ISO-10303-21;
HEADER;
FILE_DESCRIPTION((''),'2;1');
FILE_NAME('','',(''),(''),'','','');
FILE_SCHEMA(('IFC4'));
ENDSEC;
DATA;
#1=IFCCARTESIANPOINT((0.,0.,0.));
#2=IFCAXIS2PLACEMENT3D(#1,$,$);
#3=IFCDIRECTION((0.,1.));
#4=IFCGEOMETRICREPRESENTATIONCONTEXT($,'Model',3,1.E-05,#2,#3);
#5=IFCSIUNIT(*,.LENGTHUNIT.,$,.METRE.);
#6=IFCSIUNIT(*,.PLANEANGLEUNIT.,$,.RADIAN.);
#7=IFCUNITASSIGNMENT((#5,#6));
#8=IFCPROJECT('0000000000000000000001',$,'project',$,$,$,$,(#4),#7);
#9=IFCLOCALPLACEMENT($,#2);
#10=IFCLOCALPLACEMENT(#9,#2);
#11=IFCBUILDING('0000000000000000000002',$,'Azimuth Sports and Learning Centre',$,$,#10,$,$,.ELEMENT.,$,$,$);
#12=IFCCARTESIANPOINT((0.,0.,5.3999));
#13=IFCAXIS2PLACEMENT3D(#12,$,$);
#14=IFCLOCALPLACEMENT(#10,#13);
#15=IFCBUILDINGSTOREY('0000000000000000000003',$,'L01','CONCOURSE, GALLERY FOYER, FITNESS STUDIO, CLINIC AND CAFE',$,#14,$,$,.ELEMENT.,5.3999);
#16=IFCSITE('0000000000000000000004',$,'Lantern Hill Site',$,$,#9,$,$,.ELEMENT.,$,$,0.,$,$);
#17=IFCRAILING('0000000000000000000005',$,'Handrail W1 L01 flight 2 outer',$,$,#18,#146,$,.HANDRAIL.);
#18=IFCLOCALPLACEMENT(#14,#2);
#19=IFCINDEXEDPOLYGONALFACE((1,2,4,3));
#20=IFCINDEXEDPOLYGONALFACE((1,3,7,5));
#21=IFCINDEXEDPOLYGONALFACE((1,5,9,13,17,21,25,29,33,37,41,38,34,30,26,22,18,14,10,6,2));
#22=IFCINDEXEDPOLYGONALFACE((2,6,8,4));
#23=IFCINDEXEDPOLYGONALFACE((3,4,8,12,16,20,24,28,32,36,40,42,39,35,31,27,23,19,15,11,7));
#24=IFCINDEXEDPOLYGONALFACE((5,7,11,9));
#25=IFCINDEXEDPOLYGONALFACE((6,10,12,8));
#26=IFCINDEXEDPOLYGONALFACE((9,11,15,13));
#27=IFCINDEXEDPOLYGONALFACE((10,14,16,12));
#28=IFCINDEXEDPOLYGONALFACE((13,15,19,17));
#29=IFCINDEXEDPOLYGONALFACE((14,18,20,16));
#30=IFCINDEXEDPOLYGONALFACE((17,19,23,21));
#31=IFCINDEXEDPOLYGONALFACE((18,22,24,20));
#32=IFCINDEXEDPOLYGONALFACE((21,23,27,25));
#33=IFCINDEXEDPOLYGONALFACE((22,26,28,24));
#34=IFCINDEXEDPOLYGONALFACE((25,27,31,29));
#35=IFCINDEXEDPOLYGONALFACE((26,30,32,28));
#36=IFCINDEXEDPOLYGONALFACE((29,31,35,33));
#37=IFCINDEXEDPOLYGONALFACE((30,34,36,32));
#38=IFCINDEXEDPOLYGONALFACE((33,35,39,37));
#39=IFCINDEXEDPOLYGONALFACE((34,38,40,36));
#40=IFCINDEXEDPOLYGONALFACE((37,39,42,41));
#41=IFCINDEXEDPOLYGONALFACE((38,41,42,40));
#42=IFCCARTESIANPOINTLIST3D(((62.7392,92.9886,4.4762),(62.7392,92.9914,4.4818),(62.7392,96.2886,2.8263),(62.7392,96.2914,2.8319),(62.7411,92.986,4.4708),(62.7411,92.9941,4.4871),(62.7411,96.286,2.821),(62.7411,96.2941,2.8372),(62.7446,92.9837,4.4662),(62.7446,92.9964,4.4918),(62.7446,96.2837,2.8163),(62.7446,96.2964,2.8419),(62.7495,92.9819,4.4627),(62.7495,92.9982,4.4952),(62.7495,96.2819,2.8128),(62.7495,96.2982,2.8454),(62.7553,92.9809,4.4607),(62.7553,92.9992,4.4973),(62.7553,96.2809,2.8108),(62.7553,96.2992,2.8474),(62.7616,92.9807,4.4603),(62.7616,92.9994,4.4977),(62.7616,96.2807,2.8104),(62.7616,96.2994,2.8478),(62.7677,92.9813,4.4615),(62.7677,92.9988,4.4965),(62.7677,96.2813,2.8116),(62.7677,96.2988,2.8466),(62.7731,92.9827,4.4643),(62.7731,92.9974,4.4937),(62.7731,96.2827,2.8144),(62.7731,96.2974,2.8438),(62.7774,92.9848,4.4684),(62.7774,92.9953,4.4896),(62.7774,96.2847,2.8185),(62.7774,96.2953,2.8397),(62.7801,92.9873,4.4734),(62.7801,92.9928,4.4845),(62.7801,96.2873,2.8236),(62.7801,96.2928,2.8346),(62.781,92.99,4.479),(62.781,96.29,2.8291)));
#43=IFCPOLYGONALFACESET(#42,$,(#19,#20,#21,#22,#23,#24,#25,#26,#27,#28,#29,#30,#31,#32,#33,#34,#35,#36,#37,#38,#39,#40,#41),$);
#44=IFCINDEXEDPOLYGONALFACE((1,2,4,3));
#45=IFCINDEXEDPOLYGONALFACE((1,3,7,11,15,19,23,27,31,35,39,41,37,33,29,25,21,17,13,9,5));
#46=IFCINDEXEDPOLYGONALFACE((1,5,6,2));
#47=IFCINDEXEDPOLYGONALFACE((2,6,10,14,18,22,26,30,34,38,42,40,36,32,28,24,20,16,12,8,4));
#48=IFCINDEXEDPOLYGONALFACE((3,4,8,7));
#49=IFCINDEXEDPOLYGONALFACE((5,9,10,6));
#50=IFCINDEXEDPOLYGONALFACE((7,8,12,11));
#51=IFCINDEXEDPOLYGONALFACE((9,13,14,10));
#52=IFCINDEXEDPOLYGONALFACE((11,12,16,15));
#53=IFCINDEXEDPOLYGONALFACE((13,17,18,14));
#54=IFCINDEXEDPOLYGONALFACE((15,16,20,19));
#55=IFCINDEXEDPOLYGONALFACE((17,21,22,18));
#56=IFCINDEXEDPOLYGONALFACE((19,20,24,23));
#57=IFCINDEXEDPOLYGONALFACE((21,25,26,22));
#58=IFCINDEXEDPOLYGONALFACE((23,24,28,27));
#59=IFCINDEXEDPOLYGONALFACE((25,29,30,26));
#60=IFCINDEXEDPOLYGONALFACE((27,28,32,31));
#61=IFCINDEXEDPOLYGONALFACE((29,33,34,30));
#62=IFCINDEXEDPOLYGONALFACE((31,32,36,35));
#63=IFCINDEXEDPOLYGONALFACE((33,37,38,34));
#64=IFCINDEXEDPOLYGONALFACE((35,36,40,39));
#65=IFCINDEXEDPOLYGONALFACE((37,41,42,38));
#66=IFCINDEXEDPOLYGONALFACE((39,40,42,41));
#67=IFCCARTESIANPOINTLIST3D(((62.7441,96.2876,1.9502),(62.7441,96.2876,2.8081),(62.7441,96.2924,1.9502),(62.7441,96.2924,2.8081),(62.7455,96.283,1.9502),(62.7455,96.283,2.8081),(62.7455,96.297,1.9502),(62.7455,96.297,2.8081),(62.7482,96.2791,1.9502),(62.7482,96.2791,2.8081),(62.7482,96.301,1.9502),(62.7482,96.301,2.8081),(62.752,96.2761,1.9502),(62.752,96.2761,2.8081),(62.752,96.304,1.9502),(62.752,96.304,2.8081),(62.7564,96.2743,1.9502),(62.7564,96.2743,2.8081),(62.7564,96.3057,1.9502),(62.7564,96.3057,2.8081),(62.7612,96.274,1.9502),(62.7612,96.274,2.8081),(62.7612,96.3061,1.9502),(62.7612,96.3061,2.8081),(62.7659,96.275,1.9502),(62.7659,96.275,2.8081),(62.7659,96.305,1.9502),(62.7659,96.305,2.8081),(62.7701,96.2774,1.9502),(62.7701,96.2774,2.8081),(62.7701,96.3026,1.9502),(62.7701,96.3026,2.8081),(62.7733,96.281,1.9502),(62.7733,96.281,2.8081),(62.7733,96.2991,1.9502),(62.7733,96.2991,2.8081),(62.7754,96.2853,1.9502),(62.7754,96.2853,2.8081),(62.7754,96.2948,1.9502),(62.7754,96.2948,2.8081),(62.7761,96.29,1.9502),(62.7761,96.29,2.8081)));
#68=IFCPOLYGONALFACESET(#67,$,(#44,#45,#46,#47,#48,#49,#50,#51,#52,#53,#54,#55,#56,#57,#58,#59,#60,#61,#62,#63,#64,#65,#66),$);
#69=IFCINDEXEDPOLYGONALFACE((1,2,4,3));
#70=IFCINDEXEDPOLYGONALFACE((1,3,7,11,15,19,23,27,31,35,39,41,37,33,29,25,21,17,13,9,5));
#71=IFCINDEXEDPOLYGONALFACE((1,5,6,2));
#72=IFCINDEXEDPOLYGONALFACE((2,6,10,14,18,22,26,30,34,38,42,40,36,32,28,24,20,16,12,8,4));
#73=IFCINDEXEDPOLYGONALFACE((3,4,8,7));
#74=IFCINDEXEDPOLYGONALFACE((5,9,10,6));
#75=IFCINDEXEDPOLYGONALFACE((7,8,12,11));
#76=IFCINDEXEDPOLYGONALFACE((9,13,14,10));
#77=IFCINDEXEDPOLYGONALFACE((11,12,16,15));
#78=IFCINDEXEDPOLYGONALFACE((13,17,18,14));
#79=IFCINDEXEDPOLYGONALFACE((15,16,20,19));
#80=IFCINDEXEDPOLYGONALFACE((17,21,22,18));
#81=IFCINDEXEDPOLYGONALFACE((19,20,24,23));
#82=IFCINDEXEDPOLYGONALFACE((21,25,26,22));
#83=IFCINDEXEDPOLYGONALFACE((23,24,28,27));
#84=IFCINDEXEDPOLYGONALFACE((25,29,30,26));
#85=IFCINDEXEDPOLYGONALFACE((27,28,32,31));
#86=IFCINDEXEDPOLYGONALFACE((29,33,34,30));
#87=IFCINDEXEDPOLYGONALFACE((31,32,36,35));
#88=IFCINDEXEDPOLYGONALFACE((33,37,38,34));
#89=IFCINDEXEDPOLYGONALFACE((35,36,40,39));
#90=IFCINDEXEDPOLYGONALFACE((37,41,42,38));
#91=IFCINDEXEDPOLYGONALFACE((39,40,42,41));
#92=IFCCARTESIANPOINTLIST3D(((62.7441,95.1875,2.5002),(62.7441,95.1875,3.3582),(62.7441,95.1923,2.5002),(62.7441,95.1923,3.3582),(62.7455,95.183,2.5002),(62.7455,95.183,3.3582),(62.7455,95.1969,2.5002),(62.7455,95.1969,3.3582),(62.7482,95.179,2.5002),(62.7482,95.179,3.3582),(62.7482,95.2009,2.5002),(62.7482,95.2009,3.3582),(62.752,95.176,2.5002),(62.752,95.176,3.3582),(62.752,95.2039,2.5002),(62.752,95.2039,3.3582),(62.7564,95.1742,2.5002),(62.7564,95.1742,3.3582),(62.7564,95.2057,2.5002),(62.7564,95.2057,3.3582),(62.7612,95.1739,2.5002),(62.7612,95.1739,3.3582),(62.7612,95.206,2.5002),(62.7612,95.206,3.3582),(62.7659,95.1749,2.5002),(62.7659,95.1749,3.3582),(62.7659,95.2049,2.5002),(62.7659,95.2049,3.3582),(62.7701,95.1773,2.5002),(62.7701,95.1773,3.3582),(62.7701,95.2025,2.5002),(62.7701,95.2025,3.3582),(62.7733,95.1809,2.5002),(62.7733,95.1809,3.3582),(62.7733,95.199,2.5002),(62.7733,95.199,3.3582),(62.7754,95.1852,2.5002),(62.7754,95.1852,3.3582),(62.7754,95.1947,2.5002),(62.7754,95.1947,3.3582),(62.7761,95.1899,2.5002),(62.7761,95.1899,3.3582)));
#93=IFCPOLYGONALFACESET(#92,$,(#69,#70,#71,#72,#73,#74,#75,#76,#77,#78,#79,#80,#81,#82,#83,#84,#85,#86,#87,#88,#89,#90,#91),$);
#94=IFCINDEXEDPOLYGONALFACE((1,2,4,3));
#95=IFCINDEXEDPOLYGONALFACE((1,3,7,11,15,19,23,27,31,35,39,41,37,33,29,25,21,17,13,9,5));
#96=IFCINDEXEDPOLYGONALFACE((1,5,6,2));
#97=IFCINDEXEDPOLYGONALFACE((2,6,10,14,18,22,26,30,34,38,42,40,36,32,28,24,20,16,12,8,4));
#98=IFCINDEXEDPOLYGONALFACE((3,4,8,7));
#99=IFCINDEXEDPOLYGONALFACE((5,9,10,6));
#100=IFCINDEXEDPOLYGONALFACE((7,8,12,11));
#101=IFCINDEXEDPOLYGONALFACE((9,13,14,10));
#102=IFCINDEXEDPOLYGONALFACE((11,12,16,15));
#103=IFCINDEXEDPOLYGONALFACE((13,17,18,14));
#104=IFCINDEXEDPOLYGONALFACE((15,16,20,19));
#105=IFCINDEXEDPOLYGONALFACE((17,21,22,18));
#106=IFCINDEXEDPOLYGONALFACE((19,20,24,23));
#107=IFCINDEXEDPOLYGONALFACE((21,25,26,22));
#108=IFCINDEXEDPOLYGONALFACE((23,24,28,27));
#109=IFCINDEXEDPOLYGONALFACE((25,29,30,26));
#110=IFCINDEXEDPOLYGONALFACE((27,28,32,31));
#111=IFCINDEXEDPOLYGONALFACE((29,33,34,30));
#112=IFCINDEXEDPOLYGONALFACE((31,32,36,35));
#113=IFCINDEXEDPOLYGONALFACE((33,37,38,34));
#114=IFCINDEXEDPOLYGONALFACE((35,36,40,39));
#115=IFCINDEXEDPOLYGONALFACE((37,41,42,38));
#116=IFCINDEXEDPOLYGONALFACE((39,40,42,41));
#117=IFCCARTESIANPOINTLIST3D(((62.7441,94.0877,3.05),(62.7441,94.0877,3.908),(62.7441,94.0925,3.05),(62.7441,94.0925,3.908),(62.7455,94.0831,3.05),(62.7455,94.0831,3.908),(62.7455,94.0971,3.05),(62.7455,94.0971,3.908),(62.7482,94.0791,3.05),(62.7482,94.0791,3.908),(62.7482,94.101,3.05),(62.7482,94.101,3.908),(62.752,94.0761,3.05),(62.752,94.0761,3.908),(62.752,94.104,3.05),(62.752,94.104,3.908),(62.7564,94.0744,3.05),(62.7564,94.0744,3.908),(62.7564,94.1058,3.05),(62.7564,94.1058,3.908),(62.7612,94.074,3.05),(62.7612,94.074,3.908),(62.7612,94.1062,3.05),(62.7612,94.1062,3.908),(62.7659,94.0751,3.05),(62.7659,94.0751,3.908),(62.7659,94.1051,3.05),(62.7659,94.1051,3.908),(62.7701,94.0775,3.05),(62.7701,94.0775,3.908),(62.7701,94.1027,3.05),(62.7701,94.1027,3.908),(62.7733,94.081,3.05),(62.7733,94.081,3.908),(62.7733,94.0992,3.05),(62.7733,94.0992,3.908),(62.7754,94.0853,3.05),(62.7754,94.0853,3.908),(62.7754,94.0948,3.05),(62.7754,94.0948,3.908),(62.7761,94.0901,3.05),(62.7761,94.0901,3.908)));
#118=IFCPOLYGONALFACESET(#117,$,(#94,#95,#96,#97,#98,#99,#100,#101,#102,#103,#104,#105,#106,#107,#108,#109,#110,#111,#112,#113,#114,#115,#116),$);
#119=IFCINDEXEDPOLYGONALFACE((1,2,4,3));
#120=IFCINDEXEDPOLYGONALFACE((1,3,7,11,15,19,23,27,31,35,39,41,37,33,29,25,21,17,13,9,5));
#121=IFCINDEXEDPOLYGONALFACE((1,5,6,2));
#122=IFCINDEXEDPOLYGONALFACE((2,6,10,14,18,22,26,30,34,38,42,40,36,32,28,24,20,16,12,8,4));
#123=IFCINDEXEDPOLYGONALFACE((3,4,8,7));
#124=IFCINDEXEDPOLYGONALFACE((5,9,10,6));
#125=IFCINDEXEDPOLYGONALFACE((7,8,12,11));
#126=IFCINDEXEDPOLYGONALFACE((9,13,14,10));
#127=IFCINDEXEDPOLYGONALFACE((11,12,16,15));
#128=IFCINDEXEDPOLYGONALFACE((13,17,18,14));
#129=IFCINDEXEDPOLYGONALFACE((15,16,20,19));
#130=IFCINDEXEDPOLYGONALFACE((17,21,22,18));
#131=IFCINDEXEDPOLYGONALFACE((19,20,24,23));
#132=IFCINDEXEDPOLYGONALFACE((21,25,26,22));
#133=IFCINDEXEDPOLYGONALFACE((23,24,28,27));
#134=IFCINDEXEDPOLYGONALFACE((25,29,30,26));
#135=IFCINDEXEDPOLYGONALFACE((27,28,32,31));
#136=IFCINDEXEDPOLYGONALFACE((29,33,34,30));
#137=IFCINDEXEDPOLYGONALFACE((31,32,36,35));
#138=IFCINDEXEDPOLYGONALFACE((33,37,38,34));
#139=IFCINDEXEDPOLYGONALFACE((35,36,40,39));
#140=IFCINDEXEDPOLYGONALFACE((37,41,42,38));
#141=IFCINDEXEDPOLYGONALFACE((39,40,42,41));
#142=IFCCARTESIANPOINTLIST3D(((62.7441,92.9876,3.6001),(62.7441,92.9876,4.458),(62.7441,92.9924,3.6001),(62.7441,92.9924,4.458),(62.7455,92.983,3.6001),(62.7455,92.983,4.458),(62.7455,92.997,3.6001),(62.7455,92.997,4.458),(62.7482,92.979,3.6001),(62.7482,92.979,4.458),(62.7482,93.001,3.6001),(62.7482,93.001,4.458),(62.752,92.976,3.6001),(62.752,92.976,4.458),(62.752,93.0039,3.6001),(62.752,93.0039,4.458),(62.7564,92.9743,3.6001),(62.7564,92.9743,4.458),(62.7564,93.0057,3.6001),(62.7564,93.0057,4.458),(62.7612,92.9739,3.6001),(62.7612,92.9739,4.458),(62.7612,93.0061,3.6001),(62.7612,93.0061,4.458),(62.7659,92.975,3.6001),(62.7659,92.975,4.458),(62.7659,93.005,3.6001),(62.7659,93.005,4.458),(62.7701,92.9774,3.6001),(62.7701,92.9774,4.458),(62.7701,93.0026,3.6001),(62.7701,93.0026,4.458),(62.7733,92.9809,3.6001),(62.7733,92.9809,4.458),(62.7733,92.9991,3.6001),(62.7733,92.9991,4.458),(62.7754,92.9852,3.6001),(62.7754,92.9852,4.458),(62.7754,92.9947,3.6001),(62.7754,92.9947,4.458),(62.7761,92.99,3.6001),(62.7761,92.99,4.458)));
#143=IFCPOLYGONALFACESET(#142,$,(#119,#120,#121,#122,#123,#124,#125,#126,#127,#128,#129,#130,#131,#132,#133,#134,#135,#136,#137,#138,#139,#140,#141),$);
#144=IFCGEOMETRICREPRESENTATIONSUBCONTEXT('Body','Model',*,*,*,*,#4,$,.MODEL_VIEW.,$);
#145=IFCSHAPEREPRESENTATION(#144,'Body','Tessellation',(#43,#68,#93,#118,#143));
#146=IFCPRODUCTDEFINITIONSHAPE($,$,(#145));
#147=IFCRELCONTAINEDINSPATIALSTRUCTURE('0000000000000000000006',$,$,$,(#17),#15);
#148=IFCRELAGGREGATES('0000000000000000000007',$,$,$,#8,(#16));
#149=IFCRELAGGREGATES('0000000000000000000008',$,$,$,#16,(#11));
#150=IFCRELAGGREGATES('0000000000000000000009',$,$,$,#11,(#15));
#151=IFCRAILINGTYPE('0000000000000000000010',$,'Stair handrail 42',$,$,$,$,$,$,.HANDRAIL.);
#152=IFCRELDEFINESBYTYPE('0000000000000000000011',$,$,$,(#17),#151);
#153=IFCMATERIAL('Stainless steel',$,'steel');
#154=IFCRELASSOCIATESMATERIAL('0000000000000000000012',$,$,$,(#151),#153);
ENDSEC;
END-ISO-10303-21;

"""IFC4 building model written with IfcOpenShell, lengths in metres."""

from ifc_helpers import new_model, si_unit, direction, frame, origin, origin_2d, place, context, subcontext, project, spatial, circle, extrude, material, type_object, element, save


model = new_model("IFC4")

# Units and contexts
model_context = context("Model", 3, precision=1e-05, world=origin(), true_north=direction((0.0, 1.0)))
body_context = subcontext(model_context, "Body", "Model", "MODEL_VIEW")
ifc_project = project(units=[si_unit("LENGTHUNIT", "METRE"), si_unit("PLANEANGLEUNIT", "RADIAN")], contexts=[model_context])

# Site, building, storey
site_placement = place(None, origin())
site = spatial("IfcSite", under=ifc_project, at=site_placement, Name="Lantern Hill Site", CompositionType="ELEMENT", RefElevation=0.0)
building_placement = place(site_placement, origin())
building = spatial("IfcBuilding", under=site, at=building_placement, Name="Azimuth Sports and Learning Centre", CompositionType="ELEMENT")
storey_placement = place(building_placement, frame((0.0, 0.0, 5.3999)))
storey = spatial("IfcBuildingStorey", under=building, at=storey_placement, Name="L01", Description="CONCOURSE, GALLERY FOYER, FITNESS STUDIO, CLINIC AND CAFE", CompositionType="ELEMENT", Elevation=5.3999)

# Railing
ifc_material_1 = material(Name="Stainless steel", Category="steel")
railing_type_1 = type_object("IfcRailingType", Name="Stair handrail 42", PredefinedType="HANDRAIL", material=ifc_material_1)
for number, where, name in (
    (1, (62.76, 96.29, 1.9502), "Handrail W1 L01 flight 2 outer"),
):
    element("IfcRailing", number, at=place(storey_placement, frame(where)), inside=storey, type_object=railing_type_1, Name=name, PredefinedType="HANDRAIL", context=body_context, shape_type="SweptSolid", body=[
        extrude(circle(Radius=0.021, at=origin_2d()), frame((0.0, 0.0, 0.8789), z_axis=(0.0, -0.89444, 0.447187), x_axis=(1.0, 0.0, 0.0)), (0.0, 0.0, 1.0), 3.6895),
        extrude(circle(Radius=0.0161, at=origin_2d()), origin(), (0.0, 0.0, 1.0), 0.8579),
        extrude(circle(Radius=0.0161, at=origin_2d()), frame((0.0, -1.1001, 0.55)), (0.0, 0.0, 1.0), 0.8579),
        extrude(circle(Radius=0.0161, at=origin_2d()), frame((0.0, -2.2, 1.0999)), (0.0, 0.0, 1.0), 0.8579),
        extrude(circle(Radius=0.0161, at=origin_2d()), frame((0.0, -3.3, 1.6499)), (0.0, 0.0, 1.0), 0.8579),
    ])

save(model, "model.ifc")
